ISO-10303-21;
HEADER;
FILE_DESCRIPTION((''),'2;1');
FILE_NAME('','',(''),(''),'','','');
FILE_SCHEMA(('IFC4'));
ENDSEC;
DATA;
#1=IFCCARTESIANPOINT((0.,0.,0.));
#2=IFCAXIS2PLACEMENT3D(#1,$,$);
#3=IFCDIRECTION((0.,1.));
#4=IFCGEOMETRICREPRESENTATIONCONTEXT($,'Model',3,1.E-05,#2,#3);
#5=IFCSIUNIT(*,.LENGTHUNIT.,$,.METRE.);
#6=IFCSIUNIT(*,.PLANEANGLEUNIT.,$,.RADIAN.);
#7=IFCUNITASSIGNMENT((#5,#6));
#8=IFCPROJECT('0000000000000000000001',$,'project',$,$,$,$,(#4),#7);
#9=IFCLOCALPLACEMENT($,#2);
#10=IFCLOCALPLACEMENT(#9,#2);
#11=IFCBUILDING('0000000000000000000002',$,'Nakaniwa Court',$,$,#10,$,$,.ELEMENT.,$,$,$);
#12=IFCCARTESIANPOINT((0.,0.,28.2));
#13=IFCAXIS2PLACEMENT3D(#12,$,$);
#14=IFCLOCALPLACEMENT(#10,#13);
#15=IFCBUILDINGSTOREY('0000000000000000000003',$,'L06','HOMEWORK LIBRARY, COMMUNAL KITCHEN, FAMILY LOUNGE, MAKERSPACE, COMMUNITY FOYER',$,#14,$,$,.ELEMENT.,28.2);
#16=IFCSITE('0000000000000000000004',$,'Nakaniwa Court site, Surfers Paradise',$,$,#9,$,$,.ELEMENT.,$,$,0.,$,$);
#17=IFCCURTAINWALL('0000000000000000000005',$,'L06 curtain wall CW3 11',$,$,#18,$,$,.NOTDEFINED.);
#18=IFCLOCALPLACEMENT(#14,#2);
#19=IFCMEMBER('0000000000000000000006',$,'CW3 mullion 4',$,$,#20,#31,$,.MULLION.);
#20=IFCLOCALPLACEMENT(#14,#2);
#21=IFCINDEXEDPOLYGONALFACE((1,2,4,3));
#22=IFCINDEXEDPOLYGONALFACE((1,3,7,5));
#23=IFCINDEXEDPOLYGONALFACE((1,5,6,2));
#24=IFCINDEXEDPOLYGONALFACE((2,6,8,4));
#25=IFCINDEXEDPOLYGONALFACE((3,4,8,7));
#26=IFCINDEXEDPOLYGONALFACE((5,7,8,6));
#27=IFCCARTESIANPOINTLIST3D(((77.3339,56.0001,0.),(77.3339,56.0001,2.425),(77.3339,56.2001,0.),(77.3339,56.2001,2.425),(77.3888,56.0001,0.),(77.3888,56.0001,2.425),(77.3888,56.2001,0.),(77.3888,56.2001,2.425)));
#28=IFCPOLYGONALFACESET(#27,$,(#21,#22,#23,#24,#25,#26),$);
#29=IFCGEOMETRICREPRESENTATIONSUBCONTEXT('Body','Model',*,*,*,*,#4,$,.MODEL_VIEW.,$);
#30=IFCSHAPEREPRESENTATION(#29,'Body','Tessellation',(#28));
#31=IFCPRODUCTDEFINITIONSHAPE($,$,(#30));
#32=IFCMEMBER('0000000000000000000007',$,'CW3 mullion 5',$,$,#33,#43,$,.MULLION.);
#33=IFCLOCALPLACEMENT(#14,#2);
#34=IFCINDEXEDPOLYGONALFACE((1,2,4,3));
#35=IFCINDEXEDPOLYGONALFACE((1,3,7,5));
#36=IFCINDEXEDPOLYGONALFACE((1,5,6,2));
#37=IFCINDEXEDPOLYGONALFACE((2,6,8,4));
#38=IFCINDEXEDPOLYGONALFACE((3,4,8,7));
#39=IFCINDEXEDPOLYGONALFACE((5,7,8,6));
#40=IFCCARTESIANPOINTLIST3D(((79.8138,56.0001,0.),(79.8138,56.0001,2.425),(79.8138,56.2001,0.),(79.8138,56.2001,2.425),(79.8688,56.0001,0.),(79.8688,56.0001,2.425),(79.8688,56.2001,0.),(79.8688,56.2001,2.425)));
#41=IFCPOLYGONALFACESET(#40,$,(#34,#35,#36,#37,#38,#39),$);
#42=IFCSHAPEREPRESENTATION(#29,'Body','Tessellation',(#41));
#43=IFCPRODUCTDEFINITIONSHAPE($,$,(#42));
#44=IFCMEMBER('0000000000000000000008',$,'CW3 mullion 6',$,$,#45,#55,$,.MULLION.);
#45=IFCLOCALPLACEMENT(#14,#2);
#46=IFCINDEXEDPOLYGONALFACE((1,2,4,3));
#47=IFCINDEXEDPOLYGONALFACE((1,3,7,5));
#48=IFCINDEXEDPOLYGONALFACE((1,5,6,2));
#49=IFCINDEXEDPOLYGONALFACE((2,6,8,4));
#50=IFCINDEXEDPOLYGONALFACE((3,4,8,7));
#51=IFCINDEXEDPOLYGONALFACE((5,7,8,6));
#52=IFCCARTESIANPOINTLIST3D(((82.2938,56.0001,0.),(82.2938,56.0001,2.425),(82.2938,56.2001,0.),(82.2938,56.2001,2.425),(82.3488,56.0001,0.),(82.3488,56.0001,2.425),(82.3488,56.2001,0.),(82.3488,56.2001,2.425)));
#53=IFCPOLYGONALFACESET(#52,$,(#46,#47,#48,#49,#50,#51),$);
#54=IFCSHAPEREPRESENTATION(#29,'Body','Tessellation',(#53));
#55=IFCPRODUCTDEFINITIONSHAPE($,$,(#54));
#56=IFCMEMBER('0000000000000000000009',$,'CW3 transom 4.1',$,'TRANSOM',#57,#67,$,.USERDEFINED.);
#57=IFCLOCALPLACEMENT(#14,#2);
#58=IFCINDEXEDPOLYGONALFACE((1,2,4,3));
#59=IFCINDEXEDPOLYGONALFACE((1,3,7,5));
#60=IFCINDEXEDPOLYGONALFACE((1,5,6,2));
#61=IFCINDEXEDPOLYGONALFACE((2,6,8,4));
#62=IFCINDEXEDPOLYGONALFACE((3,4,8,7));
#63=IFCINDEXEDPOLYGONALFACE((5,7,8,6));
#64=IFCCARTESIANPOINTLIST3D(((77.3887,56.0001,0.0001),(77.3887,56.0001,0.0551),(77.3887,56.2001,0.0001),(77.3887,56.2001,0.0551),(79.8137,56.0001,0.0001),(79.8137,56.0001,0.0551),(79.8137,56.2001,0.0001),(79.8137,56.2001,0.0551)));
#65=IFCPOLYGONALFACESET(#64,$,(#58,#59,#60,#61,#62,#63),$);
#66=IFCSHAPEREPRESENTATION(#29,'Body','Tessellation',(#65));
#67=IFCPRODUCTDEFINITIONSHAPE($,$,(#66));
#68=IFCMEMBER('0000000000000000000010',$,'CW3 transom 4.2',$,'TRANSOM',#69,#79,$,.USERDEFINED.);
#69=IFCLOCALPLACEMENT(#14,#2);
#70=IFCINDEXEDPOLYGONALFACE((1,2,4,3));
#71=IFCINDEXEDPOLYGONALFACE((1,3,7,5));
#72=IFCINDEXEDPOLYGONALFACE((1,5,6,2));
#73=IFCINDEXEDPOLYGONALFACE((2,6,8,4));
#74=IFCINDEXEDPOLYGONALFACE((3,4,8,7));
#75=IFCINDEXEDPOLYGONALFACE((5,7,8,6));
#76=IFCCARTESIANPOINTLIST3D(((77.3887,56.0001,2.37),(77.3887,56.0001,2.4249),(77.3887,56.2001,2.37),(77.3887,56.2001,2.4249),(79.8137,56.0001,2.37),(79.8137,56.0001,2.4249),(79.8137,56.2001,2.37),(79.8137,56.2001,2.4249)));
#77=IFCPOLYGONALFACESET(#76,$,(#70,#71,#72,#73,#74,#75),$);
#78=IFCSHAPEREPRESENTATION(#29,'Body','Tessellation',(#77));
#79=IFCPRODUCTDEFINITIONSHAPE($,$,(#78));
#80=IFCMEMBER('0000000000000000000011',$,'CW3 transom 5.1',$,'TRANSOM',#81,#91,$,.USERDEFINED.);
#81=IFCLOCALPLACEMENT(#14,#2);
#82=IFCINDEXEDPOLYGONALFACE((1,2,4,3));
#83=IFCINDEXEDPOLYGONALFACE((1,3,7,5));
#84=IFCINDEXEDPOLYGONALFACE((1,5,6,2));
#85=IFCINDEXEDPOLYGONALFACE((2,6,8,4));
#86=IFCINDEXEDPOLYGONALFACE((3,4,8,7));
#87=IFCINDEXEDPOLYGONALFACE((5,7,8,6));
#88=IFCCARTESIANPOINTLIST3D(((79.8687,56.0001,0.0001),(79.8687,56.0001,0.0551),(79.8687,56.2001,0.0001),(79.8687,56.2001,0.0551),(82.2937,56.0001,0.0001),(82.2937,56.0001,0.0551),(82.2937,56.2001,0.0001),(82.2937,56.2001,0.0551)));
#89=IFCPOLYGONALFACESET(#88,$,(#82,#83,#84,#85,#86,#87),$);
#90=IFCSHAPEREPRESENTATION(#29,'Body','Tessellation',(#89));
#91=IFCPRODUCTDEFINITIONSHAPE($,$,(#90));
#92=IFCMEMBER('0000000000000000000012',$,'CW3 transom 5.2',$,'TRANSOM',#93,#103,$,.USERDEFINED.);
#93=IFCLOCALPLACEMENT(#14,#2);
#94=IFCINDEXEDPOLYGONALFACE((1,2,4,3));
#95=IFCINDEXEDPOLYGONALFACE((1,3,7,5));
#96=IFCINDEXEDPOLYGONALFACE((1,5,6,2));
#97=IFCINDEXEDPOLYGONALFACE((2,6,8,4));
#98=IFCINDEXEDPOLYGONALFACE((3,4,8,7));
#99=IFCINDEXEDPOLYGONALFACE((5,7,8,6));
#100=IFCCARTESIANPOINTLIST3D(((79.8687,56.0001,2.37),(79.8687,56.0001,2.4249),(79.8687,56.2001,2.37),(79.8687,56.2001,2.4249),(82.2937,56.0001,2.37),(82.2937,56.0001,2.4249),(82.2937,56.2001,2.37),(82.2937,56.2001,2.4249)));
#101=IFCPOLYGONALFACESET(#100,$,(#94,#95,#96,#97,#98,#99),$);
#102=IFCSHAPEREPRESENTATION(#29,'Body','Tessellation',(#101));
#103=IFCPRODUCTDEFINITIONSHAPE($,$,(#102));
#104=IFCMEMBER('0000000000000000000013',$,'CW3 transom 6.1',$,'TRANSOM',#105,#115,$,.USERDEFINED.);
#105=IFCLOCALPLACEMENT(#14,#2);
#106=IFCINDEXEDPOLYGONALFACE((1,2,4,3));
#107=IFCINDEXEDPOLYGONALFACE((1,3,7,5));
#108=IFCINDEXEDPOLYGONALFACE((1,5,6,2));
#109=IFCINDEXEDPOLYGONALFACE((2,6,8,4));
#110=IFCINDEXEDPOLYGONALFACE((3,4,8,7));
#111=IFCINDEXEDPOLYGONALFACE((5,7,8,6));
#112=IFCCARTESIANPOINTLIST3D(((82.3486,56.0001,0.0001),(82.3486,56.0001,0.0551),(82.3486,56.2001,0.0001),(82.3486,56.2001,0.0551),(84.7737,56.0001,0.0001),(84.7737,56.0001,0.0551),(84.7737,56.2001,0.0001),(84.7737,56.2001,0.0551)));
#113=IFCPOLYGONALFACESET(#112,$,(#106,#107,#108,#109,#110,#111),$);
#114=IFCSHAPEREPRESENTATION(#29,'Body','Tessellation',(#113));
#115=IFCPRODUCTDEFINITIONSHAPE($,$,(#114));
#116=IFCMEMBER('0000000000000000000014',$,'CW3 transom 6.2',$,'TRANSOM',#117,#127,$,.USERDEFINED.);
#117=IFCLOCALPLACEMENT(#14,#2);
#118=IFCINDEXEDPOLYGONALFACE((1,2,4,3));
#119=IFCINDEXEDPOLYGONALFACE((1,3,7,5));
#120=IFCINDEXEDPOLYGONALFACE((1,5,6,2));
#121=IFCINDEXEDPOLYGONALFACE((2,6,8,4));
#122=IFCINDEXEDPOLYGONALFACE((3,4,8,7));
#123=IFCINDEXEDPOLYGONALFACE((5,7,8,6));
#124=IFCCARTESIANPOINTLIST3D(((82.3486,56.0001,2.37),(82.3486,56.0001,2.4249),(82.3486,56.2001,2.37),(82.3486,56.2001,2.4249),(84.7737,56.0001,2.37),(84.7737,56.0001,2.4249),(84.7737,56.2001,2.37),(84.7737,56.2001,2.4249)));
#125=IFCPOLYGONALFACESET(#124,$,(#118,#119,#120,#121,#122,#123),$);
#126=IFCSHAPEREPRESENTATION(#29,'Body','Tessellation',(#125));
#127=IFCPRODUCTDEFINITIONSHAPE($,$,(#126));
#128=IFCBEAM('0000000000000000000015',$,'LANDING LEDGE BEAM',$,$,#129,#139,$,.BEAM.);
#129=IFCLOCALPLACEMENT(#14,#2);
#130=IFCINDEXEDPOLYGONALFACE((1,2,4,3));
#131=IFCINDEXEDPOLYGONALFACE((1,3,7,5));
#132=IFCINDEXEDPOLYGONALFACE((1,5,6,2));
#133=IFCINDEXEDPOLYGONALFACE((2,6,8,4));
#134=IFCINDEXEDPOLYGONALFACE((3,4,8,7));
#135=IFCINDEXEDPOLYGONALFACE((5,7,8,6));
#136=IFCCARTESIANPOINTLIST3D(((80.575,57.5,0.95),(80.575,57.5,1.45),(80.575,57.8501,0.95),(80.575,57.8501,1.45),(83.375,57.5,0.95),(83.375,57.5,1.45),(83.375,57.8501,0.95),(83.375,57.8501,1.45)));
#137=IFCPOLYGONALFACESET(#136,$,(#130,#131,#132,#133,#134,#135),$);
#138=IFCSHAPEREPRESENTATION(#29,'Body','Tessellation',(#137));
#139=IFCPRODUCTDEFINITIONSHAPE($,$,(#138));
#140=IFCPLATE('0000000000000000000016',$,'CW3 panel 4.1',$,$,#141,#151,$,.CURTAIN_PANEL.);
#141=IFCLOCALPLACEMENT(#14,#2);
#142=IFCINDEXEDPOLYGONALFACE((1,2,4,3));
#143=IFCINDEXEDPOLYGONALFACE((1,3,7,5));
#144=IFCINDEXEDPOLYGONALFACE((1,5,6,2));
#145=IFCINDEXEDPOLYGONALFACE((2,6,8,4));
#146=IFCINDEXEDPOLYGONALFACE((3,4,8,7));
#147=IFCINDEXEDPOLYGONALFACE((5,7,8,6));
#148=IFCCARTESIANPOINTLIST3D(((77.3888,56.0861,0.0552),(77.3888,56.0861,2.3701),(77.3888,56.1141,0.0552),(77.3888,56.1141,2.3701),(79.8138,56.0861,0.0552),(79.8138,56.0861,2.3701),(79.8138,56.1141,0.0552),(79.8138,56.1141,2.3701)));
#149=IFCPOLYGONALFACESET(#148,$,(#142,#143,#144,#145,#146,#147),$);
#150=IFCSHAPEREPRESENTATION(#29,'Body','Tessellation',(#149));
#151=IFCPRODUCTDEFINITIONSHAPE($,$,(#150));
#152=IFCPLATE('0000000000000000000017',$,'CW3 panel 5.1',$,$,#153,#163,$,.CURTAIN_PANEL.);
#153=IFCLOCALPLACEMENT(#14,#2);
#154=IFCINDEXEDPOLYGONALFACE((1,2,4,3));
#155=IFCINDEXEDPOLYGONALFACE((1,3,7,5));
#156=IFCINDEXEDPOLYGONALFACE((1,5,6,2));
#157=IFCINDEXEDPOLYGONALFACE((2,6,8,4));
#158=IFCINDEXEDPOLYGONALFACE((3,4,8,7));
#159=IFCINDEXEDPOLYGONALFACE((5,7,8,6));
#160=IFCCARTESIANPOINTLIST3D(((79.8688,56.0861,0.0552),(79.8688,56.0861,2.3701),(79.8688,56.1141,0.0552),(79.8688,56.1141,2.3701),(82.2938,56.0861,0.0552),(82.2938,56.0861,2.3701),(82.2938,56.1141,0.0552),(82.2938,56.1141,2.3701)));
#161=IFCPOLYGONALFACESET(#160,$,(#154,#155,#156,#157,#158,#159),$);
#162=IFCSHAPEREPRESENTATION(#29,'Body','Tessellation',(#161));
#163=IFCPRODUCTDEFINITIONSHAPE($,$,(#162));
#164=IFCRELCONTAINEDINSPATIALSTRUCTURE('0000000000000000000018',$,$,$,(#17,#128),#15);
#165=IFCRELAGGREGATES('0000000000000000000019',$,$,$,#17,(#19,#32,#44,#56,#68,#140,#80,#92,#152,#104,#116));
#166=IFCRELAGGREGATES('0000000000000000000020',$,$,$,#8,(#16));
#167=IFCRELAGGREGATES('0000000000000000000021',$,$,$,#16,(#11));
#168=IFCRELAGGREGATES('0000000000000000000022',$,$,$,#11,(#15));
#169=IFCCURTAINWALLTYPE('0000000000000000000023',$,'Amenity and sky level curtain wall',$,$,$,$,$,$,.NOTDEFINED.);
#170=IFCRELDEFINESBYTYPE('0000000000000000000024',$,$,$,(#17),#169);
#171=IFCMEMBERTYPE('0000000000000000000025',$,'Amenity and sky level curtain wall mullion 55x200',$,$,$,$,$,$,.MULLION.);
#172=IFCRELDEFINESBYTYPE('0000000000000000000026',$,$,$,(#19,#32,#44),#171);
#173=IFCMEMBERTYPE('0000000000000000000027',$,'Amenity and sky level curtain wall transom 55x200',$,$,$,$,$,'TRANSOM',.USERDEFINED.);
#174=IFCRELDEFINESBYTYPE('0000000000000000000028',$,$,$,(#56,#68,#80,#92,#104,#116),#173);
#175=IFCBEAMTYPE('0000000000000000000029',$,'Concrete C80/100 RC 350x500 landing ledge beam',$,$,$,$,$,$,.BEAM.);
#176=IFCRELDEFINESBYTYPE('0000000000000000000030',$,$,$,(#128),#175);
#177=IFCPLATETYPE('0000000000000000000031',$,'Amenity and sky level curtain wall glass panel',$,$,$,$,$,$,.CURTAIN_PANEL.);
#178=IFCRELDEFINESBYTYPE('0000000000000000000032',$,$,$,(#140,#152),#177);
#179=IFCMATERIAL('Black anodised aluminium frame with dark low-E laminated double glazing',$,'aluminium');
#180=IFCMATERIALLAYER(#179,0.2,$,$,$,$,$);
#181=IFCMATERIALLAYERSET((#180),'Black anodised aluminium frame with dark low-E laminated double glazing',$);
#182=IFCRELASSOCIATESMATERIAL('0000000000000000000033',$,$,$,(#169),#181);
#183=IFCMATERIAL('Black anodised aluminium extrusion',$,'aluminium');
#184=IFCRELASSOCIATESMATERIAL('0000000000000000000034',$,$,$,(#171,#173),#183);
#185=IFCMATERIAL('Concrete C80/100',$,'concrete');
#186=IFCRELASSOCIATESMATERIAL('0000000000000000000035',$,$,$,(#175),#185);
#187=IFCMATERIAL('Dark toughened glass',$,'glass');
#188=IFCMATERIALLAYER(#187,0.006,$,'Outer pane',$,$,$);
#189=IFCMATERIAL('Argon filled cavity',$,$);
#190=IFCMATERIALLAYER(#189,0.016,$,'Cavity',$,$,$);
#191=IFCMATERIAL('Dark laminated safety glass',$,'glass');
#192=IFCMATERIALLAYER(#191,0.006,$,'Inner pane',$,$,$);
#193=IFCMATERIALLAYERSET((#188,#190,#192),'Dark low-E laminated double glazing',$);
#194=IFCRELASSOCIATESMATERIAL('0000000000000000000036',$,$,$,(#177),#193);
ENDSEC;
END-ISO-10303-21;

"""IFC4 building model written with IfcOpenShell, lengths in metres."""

from ifc_helpers import new_model, si_unit, direction, frame, origin, origin_2d, place, context, subcontext, project, spatial, rectangle, extrude, material, layer, layer_set, material_profile, profile_set, type_object, element, aggregate, save


model = new_model("IFC4")

# Units and contexts
model_context = context("Model", 3, precision=1e-05, world=origin(), true_north=direction((0.0, 1.0)))
body_context = subcontext(model_context, "Body", "Model", "MODEL_VIEW")
ifc_project = project(units=[si_unit("LENGTHUNIT", "METRE"), si_unit("PLANEANGLEUNIT", "RADIAN")], contexts=[model_context])

# Site, building, storey
site_placement = place(None, origin())
site = spatial("IfcSite", under=ifc_project, at=site_placement, Name="Nakaniwa Court site, Surfers Paradise", CompositionType="ELEMENT", RefElevation=0.0)
building_placement = place(site_placement, origin())
building = spatial("IfcBuilding", under=site, at=building_placement, Name="Nakaniwa Court", CompositionType="ELEMENT")
storey_placement = place(building_placement, frame((0.0, 0.0, 28.2)))
storey = spatial("IfcBuildingStorey", under=building, at=storey_placement, Name="L06", Description="HOMEWORK LIBRARY, COMMUNAL KITCHEN, FAMILY LOUNGE, MAKERSPACE, COMMUNITY FOYER", CompositionType="ELEMENT", Elevation=28.2)

# Curtain wall, members
ifc_material_1 = material(Name="Black anodised aluminium frame with dark low-E laminated double glazing", Category="aluminium")
ifc_layer_1 = layer(ifc_material_1, 0.2)
ifc_layer_set_1 = layer_set([ifc_layer_1], Name="Black anodised aluminium frame with dark low-E laminated double glazing")
curtain_wall_type = type_object("IfcCurtainWallType", Name="Amenity and sky level curtain wall", PredefinedType="NOTDEFINED", material=ifc_layer_set_1)
curtain_wall_placement = place(storey_placement, origin())
curtain_wall = element("IfcCurtainWall", 1, at=curtain_wall_placement, inside=storey, type_object=curtain_wall_type, Name="L06 curtain wall CW3 11", PredefinedType="NOTDEFINED")
ifc_material_2 = material(Name="Black anodised aluminium extrusion", Category="aluminium")
ifc_material_profile_1 = material_profile(ifc_material_2, rectangle(XDim=0.2, YDim=0.0549, at=origin_2d()), Name="Amenity and sky level curtain wall mullion 55x200")
ifc_profile_set_1 = profile_set([ifc_material_profile_1], Name="Black anodised aluminium extrusion")
member_type_1 = type_object("IfcMemberType", Name="Amenity and sky level curtain wall mullion 55x200", PredefinedType="MULLION", material=ifc_profile_set_1)
member_1_placement = place(storey_placement, frame((77.3613, 56.1001, 0.0), z_axis=(0.0, 0.0, 1.0), x_axis=(0.0, 1.0, 0.0)))
member_1 = element("IfcMember", 2, at=member_1_placement, type_object=member_type_1, Name="CW3 mullion 4", PredefinedType="MULLION", context=body_context, shape_type="SweptSolid", body=[
    extrude(rectangle(XDim=0.2, YDim=0.0549, at=origin_2d()), origin(), (0.0, 0.0, 1.0), 2.425),
])
member_2_placement = place(storey_placement, frame((79.8413, 56.1001, 0.0), z_axis=(0.0, 0.0, 1.0), x_axis=(0.0, 1.0, 0.0)))
member_2 = element("IfcMember", 3, at=member_2_placement, type_object=member_type_1, Name="CW3 mullion 5", PredefinedType="MULLION", context=body_context, shape_type="SweptSolid", body=[
    extrude(rectangle(XDim=0.2, YDim=0.0549, at=origin_2d()), origin(), (0.0, 0.0, 1.0), 2.425),
])
member_3_placement = place(storey_placement, frame((82.3213, 56.1001, 0.0), z_axis=(0.0, 0.0, 1.0), x_axis=(0.0, 1.0, 0.0)))
member_3 = element("IfcMember", 4, at=member_3_placement, type_object=member_type_1, Name="CW3 mullion 6", PredefinedType="MULLION", context=body_context, shape_type="SweptSolid", body=[
    extrude(rectangle(XDim=0.2, YDim=0.0549, at=origin_2d()), origin(), (0.0, 0.0, 1.0), 2.425),
])
ifc_material_profile_2 = material_profile(ifc_material_2, rectangle(XDim=0.2, YDim=0.0549, at=origin_2d()), Name="Amenity and sky level curtain wall transom 55x200")
ifc_profile_set_2 = profile_set([ifc_material_profile_2], Name="Black anodised aluminium extrusion")
member_type_2 = type_object("IfcMemberType", Name="Amenity and sky level curtain wall transom 55x200", ElementType="TRANSOM", PredefinedType="USERDEFINED", material=ifc_profile_set_2)
member_4_placement = place(storey_placement, frame((77.3887, 56.1001, 0.0276), z_axis=(1.0, 0.0, 0.0), x_axis=(0.0, 1.0, 0.0)))
member_4 = element("IfcMember", 5, at=member_4_placement, type_object=member_type_2, Name="CW3 transom 4.1", ObjectType="TRANSOM", PredefinedType="USERDEFINED", context=body_context, shape_type="SweptSolid", body=[
    extrude(rectangle(XDim=0.2, YDim=0.0549, at=origin_2d()), origin(), (0.0, 0.0, 1.0), 2.425),
])
member_5_placement = place(storey_placement, frame((77.3887, 56.1001, 2.3975), z_axis=(1.0, 0.0, 0.0), x_axis=(0.0, 1.0, 0.0)))
member_5 = element("IfcMember", 6, at=member_5_placement, type_object=member_type_2, Name="CW3 transom 4.2", ObjectType="TRANSOM", PredefinedType="USERDEFINED", context=body_context, shape_type="SweptSolid", body=[
    extrude(rectangle(XDim=0.2, YDim=0.0549, at=origin_2d()), origin(), (0.0, 0.0, 1.0), 2.425),
])
member_6_placement = place(storey_placement, frame((79.8687, 56.1001, 0.0276), z_axis=(1.0, 0.0, 0.0), x_axis=(0.0, 1.0, 0.0)))
member_6 = element("IfcMember", 7, at=member_6_placement, type_object=member_type_2, Name="CW3 transom 5.1", ObjectType="TRANSOM", PredefinedType="USERDEFINED", context=body_context, shape_type="SweptSolid", body=[
    extrude(rectangle(XDim=0.2, YDim=0.0549, at=origin_2d()), origin(), (0.0, 0.0, 1.0), 2.425),
])
member_7_placement = place(storey_placement, frame((79.8687, 56.1001, 2.3975), z_axis=(1.0, 0.0, 0.0), x_axis=(0.0, 1.0, 0.0)))
member_7 = element("IfcMember", 8, at=member_7_placement, type_object=member_type_2, Name="CW3 transom 5.2", ObjectType="TRANSOM", PredefinedType="USERDEFINED", context=body_context, shape_type="SweptSolid", body=[
    extrude(rectangle(XDim=0.2, YDim=0.0549, at=origin_2d()), origin(), (0.0, 0.0, 1.0), 2.425),
])
member_8_placement = place(storey_placement, frame((82.3486, 56.1001, 0.0276), z_axis=(1.0, 0.0, 0.0), x_axis=(0.0, 1.0, 0.0)))
member_8 = element("IfcMember", 9, at=member_8_placement, type_object=member_type_2, Name="CW3 transom 6.1", ObjectType="TRANSOM", PredefinedType="USERDEFINED", context=body_context, shape_type="SweptSolid", body=[
    extrude(rectangle(XDim=0.2, YDim=0.0549, at=origin_2d()), origin(), (0.0, 0.0, 1.0), 2.425),
])
member_9_placement = place(storey_placement, frame((82.3486, 56.1001, 2.3975), z_axis=(1.0, 0.0, 0.0), x_axis=(0.0, 1.0, 0.0)))
member_9 = element("IfcMember", 10, at=member_9_placement, type_object=member_type_2, Name="CW3 transom 6.2", ObjectType="TRANSOM", PredefinedType="USERDEFINED", context=body_context, shape_type="SweptSolid", body=[
    extrude(rectangle(XDim=0.2, YDim=0.0549, at=origin_2d()), origin(), (0.0, 0.0, 1.0), 2.425),
])

# Beam
ifc_material_3 = material(Name="Concrete C80/100", Category="concrete")
ifc_material_profile_3 = material_profile(ifc_material_3, rectangle(XDim=0.3501, YDim=0.5, at=origin_2d()), Name="Concrete C80/100 RC 350x500 landing ledge beam")
ifc_profile_set_3 = profile_set([ifc_material_profile_3], Name="Concrete C80/100")
beam_type = type_object("IfcBeamType", Name="Concrete C80/100 RC 350x500 landing ledge beam", PredefinedType="BEAM", material=ifc_profile_set_3)
beam_placement = place(storey_placement, frame((80.575, 57.675, 1.2), z_axis=(1.0, 0.0, 0.0), x_axis=(0.0, 1.0, 0.0)))
element("IfcBeam", 11, at=beam_placement, inside=storey, type_object=beam_type, Name="LANDING LEDGE BEAM", PredefinedType="BEAM", context=body_context, shape_type="SweptSolid", body=[
    extrude(rectangle(XDim=0.3501, YDim=0.5, at=origin_2d()), origin(), (0.0, 0.0, 1.0), 2.8),
])

# Plates
ifc_material_4 = material(Name="Dark toughened glass", Category="glass")
ifc_layer_2 = layer(ifc_material_4, 0.006, Name="Outer pane")
ifc_material_5 = material(Name="Argon filled cavity")
ifc_layer_3 = layer(ifc_material_5, 0.016, Name="Cavity")
ifc_material_6 = material(Name="Dark laminated safety glass", Category="glass")
ifc_layer_4 = layer(ifc_material_6, 0.006, Name="Inner pane")
ifc_layer_set_2 = layer_set([ifc_layer_2, ifc_layer_3, ifc_layer_4], Name="Dark low-E laminated double glazing")
plate_type = type_object("IfcPlateType", Name="Amenity and sky level curtain wall glass panel", PredefinedType="CURTAIN_PANEL", material=ifc_layer_set_2)
plate_1_placement = place(storey_placement, frame((78.6013, 56.1001, 0.0552), z_axis=(0.0, 0.0, 1.0), x_axis=(1.0, 0.0, 0.0)))
plate_1 = element("IfcPlate", 12, at=plate_1_placement, type_object=plate_type, Name="CW3 panel 4.1", PredefinedType="CURTAIN_PANEL", context=body_context, shape_type="SweptSolid", body=[
    extrude(rectangle(XDim=2.425, YDim=0.0281, at=origin_2d()), origin(), (0.0, 0.0, 1.0), 2.3149),
])
plate_2_placement = place(storey_placement, frame((81.0813, 56.1001, 0.0552), z_axis=(0.0, 0.0, 1.0), x_axis=(1.0, 0.0, 0.0)))
plate_2 = element("IfcPlate", 13, at=plate_2_placement, type_object=plate_type, Name="CW3 panel 5.1", PredefinedType="CURTAIN_PANEL", context=body_context, shape_type="SweptSolid", body=[
    extrude(rectangle(XDim=2.425, YDim=0.0281, at=origin_2d()), origin(), (0.0, 0.0, 1.0), 2.3149),
])
aggregate(curtain_wall, [member_1, member_2, member_3, member_4, member_5, plate_1, member_6, member_7, plate_2, member_8, member_9])

save(model, "model.ifc")
